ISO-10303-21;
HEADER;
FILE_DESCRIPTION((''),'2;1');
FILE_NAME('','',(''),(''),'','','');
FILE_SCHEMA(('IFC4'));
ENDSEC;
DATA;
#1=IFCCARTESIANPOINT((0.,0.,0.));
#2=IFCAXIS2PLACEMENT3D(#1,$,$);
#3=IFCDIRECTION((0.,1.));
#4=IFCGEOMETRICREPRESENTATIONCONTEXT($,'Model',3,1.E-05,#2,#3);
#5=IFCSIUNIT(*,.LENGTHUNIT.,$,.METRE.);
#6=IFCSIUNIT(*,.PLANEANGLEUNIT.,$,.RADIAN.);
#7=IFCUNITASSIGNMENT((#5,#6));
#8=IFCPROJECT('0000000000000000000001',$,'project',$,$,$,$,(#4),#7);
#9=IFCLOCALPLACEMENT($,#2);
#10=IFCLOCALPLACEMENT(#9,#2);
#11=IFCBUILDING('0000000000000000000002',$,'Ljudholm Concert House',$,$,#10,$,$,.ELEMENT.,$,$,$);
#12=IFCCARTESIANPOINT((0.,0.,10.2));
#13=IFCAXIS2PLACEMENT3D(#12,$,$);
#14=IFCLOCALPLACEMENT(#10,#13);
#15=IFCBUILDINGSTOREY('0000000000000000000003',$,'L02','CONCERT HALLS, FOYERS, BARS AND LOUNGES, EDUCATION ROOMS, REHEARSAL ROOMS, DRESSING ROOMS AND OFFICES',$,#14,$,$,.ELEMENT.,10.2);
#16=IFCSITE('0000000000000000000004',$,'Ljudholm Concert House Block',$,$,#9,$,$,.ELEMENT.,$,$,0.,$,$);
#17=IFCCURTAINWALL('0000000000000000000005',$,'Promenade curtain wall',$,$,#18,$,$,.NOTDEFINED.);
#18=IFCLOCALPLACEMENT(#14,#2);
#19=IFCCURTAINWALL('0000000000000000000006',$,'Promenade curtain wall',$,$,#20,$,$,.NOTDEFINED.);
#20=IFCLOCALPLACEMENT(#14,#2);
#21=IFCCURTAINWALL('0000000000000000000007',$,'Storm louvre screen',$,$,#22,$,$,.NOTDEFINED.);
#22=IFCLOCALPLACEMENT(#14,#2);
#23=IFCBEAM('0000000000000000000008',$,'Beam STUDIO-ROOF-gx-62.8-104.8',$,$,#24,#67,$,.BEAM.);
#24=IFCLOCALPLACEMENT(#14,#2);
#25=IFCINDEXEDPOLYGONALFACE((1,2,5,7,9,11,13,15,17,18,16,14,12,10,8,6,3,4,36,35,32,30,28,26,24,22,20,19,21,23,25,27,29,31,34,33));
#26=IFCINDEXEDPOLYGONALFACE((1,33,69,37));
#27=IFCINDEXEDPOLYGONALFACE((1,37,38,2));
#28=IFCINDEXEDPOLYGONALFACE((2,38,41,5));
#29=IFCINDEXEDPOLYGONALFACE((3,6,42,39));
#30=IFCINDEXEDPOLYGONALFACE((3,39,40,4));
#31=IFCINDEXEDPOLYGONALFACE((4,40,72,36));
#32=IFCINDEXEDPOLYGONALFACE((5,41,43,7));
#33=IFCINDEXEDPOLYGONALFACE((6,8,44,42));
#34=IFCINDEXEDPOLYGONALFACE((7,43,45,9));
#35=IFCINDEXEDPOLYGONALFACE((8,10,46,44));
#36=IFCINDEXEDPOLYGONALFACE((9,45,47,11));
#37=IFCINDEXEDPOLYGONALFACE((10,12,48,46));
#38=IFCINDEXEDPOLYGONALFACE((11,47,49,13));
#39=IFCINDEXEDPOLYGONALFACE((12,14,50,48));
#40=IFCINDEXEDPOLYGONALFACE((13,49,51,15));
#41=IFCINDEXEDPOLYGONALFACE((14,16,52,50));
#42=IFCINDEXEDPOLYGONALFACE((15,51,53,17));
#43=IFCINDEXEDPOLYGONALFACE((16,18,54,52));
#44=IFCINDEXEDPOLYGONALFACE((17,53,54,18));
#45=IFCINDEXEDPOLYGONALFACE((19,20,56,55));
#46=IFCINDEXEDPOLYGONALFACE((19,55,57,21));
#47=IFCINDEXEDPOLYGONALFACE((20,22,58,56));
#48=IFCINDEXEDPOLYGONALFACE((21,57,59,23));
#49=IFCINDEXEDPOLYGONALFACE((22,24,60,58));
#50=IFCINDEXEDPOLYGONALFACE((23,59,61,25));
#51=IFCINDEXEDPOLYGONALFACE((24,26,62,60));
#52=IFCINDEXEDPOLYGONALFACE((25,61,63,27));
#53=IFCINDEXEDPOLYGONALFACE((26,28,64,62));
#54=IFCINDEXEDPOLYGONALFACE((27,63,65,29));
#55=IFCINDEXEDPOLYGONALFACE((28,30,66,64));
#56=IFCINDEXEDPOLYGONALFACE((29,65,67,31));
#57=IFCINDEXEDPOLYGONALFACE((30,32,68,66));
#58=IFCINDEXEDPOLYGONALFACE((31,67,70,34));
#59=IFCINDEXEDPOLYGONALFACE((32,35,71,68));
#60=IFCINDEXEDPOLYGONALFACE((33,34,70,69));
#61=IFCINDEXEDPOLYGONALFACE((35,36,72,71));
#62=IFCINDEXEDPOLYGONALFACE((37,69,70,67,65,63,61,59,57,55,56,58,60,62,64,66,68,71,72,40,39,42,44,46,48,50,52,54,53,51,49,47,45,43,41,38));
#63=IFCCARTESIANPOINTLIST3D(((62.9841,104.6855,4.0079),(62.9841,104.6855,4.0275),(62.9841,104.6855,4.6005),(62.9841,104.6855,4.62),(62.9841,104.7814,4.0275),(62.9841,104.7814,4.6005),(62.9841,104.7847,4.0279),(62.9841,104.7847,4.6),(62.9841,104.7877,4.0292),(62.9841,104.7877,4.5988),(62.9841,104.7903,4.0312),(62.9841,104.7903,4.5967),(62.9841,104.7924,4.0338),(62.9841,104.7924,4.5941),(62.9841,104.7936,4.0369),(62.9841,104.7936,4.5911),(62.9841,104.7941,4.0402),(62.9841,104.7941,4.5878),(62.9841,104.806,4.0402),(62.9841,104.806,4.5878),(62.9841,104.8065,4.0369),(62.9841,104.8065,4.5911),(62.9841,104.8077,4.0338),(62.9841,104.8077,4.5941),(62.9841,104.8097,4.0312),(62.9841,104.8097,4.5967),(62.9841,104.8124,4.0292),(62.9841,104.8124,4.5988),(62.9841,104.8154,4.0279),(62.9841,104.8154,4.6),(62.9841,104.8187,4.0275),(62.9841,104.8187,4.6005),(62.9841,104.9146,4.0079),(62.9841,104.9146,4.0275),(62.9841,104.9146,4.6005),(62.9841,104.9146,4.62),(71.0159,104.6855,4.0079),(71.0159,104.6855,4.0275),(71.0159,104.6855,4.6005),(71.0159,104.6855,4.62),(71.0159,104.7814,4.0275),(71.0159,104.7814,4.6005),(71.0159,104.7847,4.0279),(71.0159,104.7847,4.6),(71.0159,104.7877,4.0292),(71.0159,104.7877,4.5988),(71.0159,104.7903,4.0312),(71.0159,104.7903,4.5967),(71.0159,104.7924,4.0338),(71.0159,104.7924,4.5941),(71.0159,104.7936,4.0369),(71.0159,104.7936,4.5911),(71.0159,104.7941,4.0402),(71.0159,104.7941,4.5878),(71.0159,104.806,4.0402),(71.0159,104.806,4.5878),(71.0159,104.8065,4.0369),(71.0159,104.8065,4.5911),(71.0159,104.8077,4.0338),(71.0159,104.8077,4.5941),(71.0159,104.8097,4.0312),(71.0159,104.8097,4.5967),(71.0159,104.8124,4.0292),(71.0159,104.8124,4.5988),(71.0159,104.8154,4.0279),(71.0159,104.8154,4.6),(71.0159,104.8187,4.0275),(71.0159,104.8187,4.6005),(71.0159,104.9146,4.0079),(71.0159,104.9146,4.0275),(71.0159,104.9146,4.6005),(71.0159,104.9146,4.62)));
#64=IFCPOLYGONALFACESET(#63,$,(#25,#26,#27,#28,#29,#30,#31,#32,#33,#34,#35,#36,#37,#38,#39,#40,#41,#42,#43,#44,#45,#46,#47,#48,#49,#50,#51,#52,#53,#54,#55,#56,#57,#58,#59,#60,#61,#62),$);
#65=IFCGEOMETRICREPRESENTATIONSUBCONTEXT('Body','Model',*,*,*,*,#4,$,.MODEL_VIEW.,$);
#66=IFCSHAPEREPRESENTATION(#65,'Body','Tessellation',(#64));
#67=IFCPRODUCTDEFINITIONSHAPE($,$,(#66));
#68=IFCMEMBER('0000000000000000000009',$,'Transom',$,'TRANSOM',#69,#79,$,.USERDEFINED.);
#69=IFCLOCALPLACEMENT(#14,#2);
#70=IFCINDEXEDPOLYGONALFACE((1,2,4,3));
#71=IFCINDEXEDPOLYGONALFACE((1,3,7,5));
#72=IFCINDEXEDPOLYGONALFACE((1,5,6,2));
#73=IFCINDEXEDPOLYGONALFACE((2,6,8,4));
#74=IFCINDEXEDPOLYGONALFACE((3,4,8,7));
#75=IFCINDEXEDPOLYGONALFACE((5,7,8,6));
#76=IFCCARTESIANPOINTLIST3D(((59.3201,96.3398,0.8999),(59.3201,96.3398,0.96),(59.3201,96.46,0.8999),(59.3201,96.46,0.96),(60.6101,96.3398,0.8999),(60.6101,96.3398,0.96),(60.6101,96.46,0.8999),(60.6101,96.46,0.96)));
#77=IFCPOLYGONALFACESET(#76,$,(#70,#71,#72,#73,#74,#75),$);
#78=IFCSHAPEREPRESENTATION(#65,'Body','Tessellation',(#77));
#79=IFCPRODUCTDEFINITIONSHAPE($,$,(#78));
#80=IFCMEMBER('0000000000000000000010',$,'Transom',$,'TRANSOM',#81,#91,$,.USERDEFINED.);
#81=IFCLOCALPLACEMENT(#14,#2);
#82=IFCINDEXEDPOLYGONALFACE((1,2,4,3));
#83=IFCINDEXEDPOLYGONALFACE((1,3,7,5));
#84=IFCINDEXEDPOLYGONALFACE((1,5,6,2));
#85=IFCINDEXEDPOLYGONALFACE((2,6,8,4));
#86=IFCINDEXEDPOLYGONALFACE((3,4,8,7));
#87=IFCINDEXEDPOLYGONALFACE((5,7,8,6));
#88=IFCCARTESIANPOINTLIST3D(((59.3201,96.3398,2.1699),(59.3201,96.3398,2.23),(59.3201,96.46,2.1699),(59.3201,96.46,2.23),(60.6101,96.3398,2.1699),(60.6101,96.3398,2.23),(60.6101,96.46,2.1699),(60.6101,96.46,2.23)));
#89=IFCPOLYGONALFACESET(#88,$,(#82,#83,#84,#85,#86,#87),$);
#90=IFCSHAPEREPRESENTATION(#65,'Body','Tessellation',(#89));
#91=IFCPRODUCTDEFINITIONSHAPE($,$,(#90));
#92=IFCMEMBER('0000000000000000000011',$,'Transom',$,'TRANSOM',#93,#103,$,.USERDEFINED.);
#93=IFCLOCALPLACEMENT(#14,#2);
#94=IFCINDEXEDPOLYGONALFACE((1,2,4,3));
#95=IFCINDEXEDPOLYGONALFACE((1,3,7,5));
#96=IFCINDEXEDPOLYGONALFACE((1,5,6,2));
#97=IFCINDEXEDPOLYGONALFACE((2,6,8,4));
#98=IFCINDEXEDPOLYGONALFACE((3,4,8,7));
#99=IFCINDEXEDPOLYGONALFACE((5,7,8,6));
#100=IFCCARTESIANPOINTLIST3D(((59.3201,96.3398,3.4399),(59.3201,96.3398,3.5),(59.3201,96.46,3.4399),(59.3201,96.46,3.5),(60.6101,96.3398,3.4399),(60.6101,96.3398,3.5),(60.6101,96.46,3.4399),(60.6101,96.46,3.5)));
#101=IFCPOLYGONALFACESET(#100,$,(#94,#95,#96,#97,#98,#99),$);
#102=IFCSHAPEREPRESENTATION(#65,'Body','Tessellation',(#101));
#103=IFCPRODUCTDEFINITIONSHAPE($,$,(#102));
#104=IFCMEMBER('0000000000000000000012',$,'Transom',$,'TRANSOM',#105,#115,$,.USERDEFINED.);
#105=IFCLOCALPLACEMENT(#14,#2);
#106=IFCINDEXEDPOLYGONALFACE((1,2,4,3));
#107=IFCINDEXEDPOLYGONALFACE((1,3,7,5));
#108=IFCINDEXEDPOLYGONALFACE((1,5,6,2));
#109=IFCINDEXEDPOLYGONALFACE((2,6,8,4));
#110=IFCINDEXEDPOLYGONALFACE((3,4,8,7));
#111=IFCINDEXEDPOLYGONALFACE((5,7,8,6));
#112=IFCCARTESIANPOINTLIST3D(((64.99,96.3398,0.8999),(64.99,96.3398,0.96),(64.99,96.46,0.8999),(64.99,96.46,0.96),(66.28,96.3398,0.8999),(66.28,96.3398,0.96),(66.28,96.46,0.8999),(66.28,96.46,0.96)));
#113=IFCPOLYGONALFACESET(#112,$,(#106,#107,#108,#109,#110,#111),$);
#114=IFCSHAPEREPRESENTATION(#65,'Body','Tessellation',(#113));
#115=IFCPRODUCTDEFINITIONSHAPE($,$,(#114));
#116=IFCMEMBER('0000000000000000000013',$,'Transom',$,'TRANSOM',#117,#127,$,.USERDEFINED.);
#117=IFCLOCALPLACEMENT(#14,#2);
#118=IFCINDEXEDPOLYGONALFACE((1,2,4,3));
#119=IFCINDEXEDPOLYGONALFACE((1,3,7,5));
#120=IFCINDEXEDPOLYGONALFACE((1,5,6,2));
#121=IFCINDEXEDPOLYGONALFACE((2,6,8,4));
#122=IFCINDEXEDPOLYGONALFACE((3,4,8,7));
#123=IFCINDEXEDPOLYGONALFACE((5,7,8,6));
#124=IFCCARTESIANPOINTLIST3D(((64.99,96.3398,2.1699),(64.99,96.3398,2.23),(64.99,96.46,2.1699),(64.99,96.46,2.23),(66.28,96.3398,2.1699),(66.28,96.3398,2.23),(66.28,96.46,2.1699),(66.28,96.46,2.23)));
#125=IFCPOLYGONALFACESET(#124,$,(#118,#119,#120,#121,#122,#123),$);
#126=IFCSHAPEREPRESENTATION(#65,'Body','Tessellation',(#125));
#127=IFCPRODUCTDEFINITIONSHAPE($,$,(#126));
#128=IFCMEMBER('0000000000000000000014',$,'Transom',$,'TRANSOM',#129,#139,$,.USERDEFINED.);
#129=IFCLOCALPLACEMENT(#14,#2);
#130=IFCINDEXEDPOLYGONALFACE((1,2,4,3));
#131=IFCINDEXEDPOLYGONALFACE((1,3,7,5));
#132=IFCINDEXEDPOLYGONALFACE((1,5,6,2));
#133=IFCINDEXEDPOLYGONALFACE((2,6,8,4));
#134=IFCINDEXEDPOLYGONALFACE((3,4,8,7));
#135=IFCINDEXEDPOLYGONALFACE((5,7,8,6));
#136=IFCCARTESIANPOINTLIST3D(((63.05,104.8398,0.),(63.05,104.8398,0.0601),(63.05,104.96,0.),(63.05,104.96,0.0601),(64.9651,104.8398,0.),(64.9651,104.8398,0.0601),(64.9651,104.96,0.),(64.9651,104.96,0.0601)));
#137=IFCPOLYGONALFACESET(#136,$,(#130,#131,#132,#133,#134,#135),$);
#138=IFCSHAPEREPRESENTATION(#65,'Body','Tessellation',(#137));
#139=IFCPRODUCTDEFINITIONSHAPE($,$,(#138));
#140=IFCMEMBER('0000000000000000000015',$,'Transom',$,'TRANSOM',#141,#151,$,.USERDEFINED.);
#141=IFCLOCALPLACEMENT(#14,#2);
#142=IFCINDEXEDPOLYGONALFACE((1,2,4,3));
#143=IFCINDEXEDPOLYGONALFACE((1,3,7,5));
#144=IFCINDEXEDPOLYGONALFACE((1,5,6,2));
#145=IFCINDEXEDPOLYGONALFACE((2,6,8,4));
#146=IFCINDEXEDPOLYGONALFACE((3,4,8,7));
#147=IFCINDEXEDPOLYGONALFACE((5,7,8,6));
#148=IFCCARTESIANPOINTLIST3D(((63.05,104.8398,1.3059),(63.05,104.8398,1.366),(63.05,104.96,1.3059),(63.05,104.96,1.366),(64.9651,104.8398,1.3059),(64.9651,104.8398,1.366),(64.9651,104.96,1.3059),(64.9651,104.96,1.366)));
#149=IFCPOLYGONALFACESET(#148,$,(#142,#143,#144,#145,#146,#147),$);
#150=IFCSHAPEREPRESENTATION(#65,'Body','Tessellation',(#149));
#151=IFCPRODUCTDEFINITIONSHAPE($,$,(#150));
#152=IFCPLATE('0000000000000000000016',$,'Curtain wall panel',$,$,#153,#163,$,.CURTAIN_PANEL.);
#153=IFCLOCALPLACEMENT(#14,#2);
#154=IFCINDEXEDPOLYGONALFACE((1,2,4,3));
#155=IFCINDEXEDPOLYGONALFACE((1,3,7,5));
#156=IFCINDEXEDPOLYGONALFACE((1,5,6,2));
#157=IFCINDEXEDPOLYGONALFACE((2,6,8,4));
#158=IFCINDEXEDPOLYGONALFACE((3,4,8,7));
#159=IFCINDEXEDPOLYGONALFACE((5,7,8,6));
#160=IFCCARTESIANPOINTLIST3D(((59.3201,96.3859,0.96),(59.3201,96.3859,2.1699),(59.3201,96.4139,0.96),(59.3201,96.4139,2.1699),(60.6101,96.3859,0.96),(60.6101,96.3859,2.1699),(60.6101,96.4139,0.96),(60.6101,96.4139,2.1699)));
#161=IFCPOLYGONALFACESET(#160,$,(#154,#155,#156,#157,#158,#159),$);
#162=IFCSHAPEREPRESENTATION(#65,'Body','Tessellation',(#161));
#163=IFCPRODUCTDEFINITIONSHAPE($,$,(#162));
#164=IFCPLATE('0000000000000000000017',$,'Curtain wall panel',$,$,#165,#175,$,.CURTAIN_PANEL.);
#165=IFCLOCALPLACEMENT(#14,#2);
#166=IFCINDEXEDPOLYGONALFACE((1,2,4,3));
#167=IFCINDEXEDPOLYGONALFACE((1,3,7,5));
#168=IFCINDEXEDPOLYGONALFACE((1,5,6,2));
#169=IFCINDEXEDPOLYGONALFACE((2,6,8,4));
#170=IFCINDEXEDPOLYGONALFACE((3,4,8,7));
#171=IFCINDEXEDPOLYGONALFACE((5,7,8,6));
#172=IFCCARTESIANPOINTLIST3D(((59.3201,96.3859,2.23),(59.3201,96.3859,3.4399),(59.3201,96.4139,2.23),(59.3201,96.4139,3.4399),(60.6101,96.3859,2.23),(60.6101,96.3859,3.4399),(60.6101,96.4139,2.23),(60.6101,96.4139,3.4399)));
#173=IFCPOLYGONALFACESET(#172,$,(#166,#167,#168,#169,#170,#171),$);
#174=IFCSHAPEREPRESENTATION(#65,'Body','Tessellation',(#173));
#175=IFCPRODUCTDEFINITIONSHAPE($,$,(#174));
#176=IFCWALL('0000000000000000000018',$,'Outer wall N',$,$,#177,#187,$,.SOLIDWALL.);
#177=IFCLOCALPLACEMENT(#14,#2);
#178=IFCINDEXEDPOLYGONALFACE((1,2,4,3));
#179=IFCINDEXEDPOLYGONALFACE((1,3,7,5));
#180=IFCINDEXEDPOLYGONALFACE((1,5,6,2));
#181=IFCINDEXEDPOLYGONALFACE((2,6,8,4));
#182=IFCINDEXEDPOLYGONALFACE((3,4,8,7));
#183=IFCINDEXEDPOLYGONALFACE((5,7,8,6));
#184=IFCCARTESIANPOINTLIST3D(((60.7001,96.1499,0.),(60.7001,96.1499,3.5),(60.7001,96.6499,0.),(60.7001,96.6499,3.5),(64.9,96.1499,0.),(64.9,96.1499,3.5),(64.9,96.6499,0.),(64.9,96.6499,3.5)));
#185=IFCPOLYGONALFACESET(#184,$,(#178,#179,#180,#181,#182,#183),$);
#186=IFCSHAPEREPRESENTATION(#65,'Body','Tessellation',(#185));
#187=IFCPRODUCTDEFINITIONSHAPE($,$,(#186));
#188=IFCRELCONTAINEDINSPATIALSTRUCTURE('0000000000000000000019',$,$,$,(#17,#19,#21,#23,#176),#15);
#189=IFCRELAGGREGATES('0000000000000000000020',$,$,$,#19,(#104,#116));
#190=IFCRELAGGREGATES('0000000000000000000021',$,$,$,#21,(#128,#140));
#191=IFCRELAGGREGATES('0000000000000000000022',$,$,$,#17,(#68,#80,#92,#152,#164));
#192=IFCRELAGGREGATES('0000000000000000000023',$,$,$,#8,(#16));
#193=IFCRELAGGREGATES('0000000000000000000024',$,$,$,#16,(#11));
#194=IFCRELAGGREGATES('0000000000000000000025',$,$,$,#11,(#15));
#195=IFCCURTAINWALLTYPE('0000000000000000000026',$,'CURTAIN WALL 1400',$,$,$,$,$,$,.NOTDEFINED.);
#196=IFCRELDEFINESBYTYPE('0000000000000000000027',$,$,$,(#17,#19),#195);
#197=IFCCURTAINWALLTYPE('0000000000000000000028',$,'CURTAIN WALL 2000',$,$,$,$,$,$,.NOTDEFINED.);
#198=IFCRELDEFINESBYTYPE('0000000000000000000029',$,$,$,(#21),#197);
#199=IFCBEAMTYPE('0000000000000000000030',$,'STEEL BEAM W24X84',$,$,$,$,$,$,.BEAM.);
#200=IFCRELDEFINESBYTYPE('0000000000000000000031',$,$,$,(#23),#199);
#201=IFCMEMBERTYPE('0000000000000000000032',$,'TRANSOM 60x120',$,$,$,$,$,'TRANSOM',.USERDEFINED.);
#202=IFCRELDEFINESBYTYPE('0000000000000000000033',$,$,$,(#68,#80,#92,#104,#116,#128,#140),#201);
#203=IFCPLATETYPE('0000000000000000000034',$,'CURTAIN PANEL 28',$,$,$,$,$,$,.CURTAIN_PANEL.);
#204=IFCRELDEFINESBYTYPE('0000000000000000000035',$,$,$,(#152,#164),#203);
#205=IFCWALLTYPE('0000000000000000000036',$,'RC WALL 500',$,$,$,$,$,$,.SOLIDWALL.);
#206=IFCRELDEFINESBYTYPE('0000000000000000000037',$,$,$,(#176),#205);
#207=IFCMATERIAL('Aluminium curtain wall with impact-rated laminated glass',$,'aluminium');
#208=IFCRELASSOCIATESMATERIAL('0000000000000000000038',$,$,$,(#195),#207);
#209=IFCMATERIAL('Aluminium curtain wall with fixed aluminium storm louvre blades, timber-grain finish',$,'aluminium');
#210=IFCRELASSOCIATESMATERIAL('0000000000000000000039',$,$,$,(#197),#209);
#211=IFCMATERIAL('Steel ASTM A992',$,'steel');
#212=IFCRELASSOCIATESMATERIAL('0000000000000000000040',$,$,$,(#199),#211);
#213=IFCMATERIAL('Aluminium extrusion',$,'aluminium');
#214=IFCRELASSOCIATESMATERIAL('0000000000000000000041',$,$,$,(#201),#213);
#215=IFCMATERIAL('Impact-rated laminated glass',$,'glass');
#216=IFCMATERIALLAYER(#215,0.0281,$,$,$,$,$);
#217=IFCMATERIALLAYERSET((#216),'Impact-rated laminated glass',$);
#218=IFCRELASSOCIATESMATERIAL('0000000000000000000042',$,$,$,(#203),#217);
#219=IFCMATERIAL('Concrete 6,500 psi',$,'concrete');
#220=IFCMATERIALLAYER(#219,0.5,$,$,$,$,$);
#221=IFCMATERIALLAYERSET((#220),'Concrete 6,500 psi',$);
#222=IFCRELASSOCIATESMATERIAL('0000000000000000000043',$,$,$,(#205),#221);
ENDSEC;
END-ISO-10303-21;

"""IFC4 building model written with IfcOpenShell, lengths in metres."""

from ifc_helpers import new_model, si_unit, direction, frame, frame_2d, origin, origin_2d, place, context, subcontext, project, spatial, rectangle, i_section, extrude, material, layer, layer_set, material_profile, profile_set, type_object, element, aggregate, save


model = new_model("IFC4")

# Units and contexts
model_context = context("Model", 3, precision=1e-05, world=origin(), true_north=direction((0.0, 1.0)))
body_context = subcontext(model_context, "Body", "Model", "MODEL_VIEW")
ifc_project = project(units=[si_unit("LENGTHUNIT", "METRE"), si_unit("PLANEANGLEUNIT", "RADIAN")], contexts=[model_context])

# Site, building, storey
site_placement = place(None, origin())
site = spatial("IfcSite", under=ifc_project, at=site_placement, Name="Ljudholm Concert House Block", CompositionType="ELEMENT", RefElevation=0.0)
building_placement = place(site_placement, origin())
building = spatial("IfcBuilding", under=site, at=building_placement, Name="Ljudholm Concert House", CompositionType="ELEMENT")
storey_placement = place(building_placement, frame((0.0, 0.0, 10.2)))
storey = spatial("IfcBuildingStorey", under=building, at=storey_placement, Name="L02", Description="CONCERT HALLS, FOYERS, BARS AND LOUNGES, EDUCATION ROOMS, REHEARSAL ROOMS, DRESSING ROOMS AND OFFICES", CompositionType="ELEMENT", Elevation=10.2)

# Curtain wall
ifc_material_1 = material(Name="Aluminium curtain wall with impact-rated laminated glass", Category="aluminium")
curtain_wall_type_1 = type_object("IfcCurtainWallType", Name="CURTAIN WALL 1400", PredefinedType="NOTDEFINED", material=ifc_material_1)
curtain_wall_1_placement = place(storey_placement, origin())
curtain_wall_1 = element("IfcCurtainWall", 1, at=curtain_wall_1_placement, inside=storey, type_object=curtain_wall_type_1, Name="Promenade curtain wall", PredefinedType="NOTDEFINED")

# Curtain walls
curtain_wall_2_placement = place(storey_placement, origin())
curtain_wall_2 = element("IfcCurtainWall", 2, at=curtain_wall_2_placement, inside=storey, type_object=curtain_wall_type_1, Name="Promenade curtain wall", PredefinedType="NOTDEFINED")
ifc_material_2 = material(Name="Aluminium curtain wall with fixed aluminium storm louvre blades, timber-grain finish", Category="aluminium")
curtain_wall_type_2 = type_object("IfcCurtainWallType", Name="CURTAIN WALL 2000", PredefinedType="NOTDEFINED", material=ifc_material_2)
curtain_wall_3_placement = place(storey_placement, origin())
curtain_wall_3 = element("IfcCurtainWall", 3, at=curtain_wall_3_placement, inside=storey, type_object=curtain_wall_type_2, Name="Storm louvre screen", PredefinedType="NOTDEFINED")

# Beam
ifc_material_3 = material(Name="Steel ASTM A992", Category="steel")
ifc_material_profile_1 = material_profile(ifc_material_3, i_section(OverallWidth=0.229, OverallDepth=0.6121, WebThickness=0.012, FlangeThickness=0.0195, FilletRadius=0.0127, at=origin_2d()), Name="W24X84")
ifc_profile_set_1 = profile_set([ifc_material_profile_1], Name="Steel ASTM A992")
beam_type_1 = type_object("IfcBeamType", Name="STEEL BEAM W24X84", PredefinedType="BEAM", material=ifc_profile_set_1)
beam_1_placement = place(storey_placement, frame((62.9841, 104.8, 4.314), z_axis=(1.0, 0.0, 0.0), x_axis=(0.0, 1.0, 0.0)))
element("IfcBeam", 4, at=beam_1_placement, inside=storey, type_object=beam_type_1, Name="Beam STUDIO-ROOF-gx-62.8-104.8", PredefinedType="BEAM", context=body_context, shape_type="SweptSolid", body=[
    extrude(i_section(OverallWidth=0.229, OverallDepth=0.6121, WebThickness=0.012, FlangeThickness=0.0195, FilletRadius=0.0127, at=origin_2d()), origin(), (0.0, 0.0, 1.0), 8.0317),
])

# Members
ifc_material_4 = material(Name="Aluminium extrusion", Category="aluminium")
ifc_material_profile_2 = material_profile(ifc_material_4, rectangle(XDim=0.1201, YDim=0.0601, at=origin_2d()), Name="TRANSOM 60x120")
ifc_profile_set_2 = profile_set([ifc_material_profile_2], Name="Aluminium extrusion")
member_type_1 = type_object("IfcMemberType", Name="TRANSOM 60x120", ElementType="TRANSOM", PredefinedType="USERDEFINED", material=ifc_profile_set_2)
member_1_placement = place(storey_placement, frame((59.3201, 96.3999, 0.9299), z_axis=(1.0, 0.0, 0.0), x_axis=(0.0, 1.0, 0.0)))
member_1 = element("IfcMember", 5, at=member_1_placement, type_object=member_type_1, Name="Transom", ObjectType="TRANSOM", PredefinedType="USERDEFINED", context=body_context, shape_type="SweptSolid", body=[
    extrude(rectangle(XDim=0.1201, YDim=0.0601, at=origin_2d()), origin(), (0.0, 0.0, 1.0), 1.29),
])
member_2_placement = place(storey_placement, frame((59.3201, 96.3999, 2.2), z_axis=(1.0, 0.0, 0.0), x_axis=(0.0, 1.0, 0.0)))
member_2 = element("IfcMember", 6, at=member_2_placement, type_object=member_type_1, Name="Transom", ObjectType="TRANSOM", PredefinedType="USERDEFINED", context=body_context, shape_type="SweptSolid", body=[
    extrude(rectangle(XDim=0.1201, YDim=0.0601, at=origin_2d()), origin(), (0.0, 0.0, 1.0), 1.29),
])
member_3_placement = place(storey_placement, frame((59.3201, 96.3999, 3.47), z_axis=(1.0, 0.0, 0.0), x_axis=(0.0, 1.0, 0.0)))
member_3 = element("IfcMember", 7, at=member_3_placement, type_object=member_type_1, Name="Transom", ObjectType="TRANSOM", PredefinedType="USERDEFINED", context=body_context, shape_type="SweptSolid", body=[
    extrude(rectangle(XDim=0.1201, YDim=0.0601, at=origin_2d()), origin(), (0.0, 0.0, 1.0), 1.29),
])
member_4_placement = place(storey_placement, frame((64.99, 96.3999, 0.9299), z_axis=(1.0, 0.0, 0.0), x_axis=(0.0, 1.0, 0.0)))
member_4 = element("IfcMember", 8, at=member_4_placement, type_object=member_type_1, Name="Transom", ObjectType="TRANSOM", PredefinedType="USERDEFINED", context=body_context, shape_type="SweptSolid", body=[
    extrude(rectangle(XDim=0.1201, YDim=0.0601, at=origin_2d()), origin(), (0.0, 0.0, 1.0), 1.29),
])
member_5_placement = place(storey_placement, frame((64.99, 96.3999, 2.2), z_axis=(1.0, 0.0, 0.0), x_axis=(0.0, 1.0, 0.0)))
member_5 = element("IfcMember", 9, at=member_5_placement, type_object=member_type_1, Name="Transom", ObjectType="TRANSOM", PredefinedType="USERDEFINED", context=body_context, shape_type="SweptSolid", body=[
    extrude(rectangle(XDim=0.1201, YDim=0.0601, at=origin_2d()), origin(), (0.0, 0.0, 1.0), 1.29),
])
aggregate(curtain_wall_2, [member_4, member_5])
member_6_placement = place(storey_placement, frame((63.05, 104.8999, 0.03), z_axis=(1.0, 0.0, 0.0), x_axis=(0.0, 1.0, 0.0)))
member_6 = element("IfcMember", 10, at=member_6_placement, type_object=member_type_1, Name="Transom", ObjectType="TRANSOM", PredefinedType="USERDEFINED", context=body_context, shape_type="SweptSolid", body=[
    extrude(rectangle(XDim=0.1201, YDim=0.0601, at=origin_2d()), origin(), (0.0, 0.0, 1.0), 1.915),
])
member_7_placement = place(storey_placement, frame((63.05, 104.8999, 1.3359), z_axis=(1.0, 0.0, 0.0), x_axis=(0.0, 1.0, 0.0)))
member_7 = element("IfcMember", 11, at=member_7_placement, type_object=member_type_1, Name="Transom", ObjectType="TRANSOM", PredefinedType="USERDEFINED", context=body_context, shape_type="SweptSolid", body=[
    extrude(rectangle(XDim=0.1201, YDim=0.0601, at=origin_2d()), origin(), (0.0, 0.0, 1.0), 1.915),
])
aggregate(curtain_wall_3, [member_6, member_7])

# Plates
ifc_material_5 = material(Name="Impact-rated laminated glass", Category="glass")
ifc_layer_1 = layer(ifc_material_5, 0.0281)
ifc_layer_set_1 = layer_set([ifc_layer_1], Name="Impact-rated laminated glass")
plate_type = type_object("IfcPlateType", Name="CURTAIN PANEL 28", PredefinedType="CURTAIN_PANEL", material=ifc_layer_set_1)
plate_1_placement = place(storey_placement, frame((59.9651, 96.3999, 0.96), z_axis=(0.0, 0.0, 1.0), x_axis=(1.0, 0.0, 0.0)))
plate_1 = element("IfcPlate", 12, at=plate_1_placement, type_object=plate_type, Name="Curtain wall panel", PredefinedType="CURTAIN_PANEL", context=body_context, shape_type="SweptSolid", body=[
    extrude(rectangle(XDim=1.29, YDim=0.0281, at=origin_2d()), origin(), (0.0, 0.0, 1.0), 1.21),
])
plate_2_placement = place(storey_placement, frame((59.9651, 96.3999, 2.23), z_axis=(0.0, 0.0, 1.0), x_axis=(1.0, 0.0, 0.0)))
plate_2 = element("IfcPlate", 13, at=plate_2_placement, type_object=plate_type, Name="Curtain wall panel", PredefinedType="CURTAIN_PANEL", context=body_context, shape_type="SweptSolid", body=[
    extrude(rectangle(XDim=1.29, YDim=0.0281, at=origin_2d()), origin(), (0.0, 0.0, 1.0), 1.21),
])
aggregate(curtain_wall_1, [member_1, member_2, member_3, plate_1, plate_2])

# Wall
ifc_material_6 = material(Name="Concrete 6,500 psi", Category="concrete")
ifc_layer_2 = layer(ifc_material_6, 0.5)
ifc_layer_set_2 = layer_set([ifc_layer_2], Name="Concrete 6,500 psi")
wall_type = type_object("IfcWallType", Name="RC WALL 500", PredefinedType="SOLIDWALL", material=ifc_layer_set_2)
wall_1_placement = place(storey_placement, frame((60.7, 96.3999, 0.0), z_axis=(0.0, 0.0, 1.0), x_axis=(1.0, 0.0, 0.0)))
element("IfcWall", 14, at=wall_1_placement, inside=storey, type_object=wall_type, Name="Outer wall N", PredefinedType="SOLIDWALL", context=body_context, shape_type="SweptSolid", body=[
    extrude(rectangle(XDim=4.2, YDim=0.5, at=frame_2d((2.1001, 0.0))), origin(), (0.0, 0.0, 1.0), 3.5),
])

save(model, "model.ifc")
